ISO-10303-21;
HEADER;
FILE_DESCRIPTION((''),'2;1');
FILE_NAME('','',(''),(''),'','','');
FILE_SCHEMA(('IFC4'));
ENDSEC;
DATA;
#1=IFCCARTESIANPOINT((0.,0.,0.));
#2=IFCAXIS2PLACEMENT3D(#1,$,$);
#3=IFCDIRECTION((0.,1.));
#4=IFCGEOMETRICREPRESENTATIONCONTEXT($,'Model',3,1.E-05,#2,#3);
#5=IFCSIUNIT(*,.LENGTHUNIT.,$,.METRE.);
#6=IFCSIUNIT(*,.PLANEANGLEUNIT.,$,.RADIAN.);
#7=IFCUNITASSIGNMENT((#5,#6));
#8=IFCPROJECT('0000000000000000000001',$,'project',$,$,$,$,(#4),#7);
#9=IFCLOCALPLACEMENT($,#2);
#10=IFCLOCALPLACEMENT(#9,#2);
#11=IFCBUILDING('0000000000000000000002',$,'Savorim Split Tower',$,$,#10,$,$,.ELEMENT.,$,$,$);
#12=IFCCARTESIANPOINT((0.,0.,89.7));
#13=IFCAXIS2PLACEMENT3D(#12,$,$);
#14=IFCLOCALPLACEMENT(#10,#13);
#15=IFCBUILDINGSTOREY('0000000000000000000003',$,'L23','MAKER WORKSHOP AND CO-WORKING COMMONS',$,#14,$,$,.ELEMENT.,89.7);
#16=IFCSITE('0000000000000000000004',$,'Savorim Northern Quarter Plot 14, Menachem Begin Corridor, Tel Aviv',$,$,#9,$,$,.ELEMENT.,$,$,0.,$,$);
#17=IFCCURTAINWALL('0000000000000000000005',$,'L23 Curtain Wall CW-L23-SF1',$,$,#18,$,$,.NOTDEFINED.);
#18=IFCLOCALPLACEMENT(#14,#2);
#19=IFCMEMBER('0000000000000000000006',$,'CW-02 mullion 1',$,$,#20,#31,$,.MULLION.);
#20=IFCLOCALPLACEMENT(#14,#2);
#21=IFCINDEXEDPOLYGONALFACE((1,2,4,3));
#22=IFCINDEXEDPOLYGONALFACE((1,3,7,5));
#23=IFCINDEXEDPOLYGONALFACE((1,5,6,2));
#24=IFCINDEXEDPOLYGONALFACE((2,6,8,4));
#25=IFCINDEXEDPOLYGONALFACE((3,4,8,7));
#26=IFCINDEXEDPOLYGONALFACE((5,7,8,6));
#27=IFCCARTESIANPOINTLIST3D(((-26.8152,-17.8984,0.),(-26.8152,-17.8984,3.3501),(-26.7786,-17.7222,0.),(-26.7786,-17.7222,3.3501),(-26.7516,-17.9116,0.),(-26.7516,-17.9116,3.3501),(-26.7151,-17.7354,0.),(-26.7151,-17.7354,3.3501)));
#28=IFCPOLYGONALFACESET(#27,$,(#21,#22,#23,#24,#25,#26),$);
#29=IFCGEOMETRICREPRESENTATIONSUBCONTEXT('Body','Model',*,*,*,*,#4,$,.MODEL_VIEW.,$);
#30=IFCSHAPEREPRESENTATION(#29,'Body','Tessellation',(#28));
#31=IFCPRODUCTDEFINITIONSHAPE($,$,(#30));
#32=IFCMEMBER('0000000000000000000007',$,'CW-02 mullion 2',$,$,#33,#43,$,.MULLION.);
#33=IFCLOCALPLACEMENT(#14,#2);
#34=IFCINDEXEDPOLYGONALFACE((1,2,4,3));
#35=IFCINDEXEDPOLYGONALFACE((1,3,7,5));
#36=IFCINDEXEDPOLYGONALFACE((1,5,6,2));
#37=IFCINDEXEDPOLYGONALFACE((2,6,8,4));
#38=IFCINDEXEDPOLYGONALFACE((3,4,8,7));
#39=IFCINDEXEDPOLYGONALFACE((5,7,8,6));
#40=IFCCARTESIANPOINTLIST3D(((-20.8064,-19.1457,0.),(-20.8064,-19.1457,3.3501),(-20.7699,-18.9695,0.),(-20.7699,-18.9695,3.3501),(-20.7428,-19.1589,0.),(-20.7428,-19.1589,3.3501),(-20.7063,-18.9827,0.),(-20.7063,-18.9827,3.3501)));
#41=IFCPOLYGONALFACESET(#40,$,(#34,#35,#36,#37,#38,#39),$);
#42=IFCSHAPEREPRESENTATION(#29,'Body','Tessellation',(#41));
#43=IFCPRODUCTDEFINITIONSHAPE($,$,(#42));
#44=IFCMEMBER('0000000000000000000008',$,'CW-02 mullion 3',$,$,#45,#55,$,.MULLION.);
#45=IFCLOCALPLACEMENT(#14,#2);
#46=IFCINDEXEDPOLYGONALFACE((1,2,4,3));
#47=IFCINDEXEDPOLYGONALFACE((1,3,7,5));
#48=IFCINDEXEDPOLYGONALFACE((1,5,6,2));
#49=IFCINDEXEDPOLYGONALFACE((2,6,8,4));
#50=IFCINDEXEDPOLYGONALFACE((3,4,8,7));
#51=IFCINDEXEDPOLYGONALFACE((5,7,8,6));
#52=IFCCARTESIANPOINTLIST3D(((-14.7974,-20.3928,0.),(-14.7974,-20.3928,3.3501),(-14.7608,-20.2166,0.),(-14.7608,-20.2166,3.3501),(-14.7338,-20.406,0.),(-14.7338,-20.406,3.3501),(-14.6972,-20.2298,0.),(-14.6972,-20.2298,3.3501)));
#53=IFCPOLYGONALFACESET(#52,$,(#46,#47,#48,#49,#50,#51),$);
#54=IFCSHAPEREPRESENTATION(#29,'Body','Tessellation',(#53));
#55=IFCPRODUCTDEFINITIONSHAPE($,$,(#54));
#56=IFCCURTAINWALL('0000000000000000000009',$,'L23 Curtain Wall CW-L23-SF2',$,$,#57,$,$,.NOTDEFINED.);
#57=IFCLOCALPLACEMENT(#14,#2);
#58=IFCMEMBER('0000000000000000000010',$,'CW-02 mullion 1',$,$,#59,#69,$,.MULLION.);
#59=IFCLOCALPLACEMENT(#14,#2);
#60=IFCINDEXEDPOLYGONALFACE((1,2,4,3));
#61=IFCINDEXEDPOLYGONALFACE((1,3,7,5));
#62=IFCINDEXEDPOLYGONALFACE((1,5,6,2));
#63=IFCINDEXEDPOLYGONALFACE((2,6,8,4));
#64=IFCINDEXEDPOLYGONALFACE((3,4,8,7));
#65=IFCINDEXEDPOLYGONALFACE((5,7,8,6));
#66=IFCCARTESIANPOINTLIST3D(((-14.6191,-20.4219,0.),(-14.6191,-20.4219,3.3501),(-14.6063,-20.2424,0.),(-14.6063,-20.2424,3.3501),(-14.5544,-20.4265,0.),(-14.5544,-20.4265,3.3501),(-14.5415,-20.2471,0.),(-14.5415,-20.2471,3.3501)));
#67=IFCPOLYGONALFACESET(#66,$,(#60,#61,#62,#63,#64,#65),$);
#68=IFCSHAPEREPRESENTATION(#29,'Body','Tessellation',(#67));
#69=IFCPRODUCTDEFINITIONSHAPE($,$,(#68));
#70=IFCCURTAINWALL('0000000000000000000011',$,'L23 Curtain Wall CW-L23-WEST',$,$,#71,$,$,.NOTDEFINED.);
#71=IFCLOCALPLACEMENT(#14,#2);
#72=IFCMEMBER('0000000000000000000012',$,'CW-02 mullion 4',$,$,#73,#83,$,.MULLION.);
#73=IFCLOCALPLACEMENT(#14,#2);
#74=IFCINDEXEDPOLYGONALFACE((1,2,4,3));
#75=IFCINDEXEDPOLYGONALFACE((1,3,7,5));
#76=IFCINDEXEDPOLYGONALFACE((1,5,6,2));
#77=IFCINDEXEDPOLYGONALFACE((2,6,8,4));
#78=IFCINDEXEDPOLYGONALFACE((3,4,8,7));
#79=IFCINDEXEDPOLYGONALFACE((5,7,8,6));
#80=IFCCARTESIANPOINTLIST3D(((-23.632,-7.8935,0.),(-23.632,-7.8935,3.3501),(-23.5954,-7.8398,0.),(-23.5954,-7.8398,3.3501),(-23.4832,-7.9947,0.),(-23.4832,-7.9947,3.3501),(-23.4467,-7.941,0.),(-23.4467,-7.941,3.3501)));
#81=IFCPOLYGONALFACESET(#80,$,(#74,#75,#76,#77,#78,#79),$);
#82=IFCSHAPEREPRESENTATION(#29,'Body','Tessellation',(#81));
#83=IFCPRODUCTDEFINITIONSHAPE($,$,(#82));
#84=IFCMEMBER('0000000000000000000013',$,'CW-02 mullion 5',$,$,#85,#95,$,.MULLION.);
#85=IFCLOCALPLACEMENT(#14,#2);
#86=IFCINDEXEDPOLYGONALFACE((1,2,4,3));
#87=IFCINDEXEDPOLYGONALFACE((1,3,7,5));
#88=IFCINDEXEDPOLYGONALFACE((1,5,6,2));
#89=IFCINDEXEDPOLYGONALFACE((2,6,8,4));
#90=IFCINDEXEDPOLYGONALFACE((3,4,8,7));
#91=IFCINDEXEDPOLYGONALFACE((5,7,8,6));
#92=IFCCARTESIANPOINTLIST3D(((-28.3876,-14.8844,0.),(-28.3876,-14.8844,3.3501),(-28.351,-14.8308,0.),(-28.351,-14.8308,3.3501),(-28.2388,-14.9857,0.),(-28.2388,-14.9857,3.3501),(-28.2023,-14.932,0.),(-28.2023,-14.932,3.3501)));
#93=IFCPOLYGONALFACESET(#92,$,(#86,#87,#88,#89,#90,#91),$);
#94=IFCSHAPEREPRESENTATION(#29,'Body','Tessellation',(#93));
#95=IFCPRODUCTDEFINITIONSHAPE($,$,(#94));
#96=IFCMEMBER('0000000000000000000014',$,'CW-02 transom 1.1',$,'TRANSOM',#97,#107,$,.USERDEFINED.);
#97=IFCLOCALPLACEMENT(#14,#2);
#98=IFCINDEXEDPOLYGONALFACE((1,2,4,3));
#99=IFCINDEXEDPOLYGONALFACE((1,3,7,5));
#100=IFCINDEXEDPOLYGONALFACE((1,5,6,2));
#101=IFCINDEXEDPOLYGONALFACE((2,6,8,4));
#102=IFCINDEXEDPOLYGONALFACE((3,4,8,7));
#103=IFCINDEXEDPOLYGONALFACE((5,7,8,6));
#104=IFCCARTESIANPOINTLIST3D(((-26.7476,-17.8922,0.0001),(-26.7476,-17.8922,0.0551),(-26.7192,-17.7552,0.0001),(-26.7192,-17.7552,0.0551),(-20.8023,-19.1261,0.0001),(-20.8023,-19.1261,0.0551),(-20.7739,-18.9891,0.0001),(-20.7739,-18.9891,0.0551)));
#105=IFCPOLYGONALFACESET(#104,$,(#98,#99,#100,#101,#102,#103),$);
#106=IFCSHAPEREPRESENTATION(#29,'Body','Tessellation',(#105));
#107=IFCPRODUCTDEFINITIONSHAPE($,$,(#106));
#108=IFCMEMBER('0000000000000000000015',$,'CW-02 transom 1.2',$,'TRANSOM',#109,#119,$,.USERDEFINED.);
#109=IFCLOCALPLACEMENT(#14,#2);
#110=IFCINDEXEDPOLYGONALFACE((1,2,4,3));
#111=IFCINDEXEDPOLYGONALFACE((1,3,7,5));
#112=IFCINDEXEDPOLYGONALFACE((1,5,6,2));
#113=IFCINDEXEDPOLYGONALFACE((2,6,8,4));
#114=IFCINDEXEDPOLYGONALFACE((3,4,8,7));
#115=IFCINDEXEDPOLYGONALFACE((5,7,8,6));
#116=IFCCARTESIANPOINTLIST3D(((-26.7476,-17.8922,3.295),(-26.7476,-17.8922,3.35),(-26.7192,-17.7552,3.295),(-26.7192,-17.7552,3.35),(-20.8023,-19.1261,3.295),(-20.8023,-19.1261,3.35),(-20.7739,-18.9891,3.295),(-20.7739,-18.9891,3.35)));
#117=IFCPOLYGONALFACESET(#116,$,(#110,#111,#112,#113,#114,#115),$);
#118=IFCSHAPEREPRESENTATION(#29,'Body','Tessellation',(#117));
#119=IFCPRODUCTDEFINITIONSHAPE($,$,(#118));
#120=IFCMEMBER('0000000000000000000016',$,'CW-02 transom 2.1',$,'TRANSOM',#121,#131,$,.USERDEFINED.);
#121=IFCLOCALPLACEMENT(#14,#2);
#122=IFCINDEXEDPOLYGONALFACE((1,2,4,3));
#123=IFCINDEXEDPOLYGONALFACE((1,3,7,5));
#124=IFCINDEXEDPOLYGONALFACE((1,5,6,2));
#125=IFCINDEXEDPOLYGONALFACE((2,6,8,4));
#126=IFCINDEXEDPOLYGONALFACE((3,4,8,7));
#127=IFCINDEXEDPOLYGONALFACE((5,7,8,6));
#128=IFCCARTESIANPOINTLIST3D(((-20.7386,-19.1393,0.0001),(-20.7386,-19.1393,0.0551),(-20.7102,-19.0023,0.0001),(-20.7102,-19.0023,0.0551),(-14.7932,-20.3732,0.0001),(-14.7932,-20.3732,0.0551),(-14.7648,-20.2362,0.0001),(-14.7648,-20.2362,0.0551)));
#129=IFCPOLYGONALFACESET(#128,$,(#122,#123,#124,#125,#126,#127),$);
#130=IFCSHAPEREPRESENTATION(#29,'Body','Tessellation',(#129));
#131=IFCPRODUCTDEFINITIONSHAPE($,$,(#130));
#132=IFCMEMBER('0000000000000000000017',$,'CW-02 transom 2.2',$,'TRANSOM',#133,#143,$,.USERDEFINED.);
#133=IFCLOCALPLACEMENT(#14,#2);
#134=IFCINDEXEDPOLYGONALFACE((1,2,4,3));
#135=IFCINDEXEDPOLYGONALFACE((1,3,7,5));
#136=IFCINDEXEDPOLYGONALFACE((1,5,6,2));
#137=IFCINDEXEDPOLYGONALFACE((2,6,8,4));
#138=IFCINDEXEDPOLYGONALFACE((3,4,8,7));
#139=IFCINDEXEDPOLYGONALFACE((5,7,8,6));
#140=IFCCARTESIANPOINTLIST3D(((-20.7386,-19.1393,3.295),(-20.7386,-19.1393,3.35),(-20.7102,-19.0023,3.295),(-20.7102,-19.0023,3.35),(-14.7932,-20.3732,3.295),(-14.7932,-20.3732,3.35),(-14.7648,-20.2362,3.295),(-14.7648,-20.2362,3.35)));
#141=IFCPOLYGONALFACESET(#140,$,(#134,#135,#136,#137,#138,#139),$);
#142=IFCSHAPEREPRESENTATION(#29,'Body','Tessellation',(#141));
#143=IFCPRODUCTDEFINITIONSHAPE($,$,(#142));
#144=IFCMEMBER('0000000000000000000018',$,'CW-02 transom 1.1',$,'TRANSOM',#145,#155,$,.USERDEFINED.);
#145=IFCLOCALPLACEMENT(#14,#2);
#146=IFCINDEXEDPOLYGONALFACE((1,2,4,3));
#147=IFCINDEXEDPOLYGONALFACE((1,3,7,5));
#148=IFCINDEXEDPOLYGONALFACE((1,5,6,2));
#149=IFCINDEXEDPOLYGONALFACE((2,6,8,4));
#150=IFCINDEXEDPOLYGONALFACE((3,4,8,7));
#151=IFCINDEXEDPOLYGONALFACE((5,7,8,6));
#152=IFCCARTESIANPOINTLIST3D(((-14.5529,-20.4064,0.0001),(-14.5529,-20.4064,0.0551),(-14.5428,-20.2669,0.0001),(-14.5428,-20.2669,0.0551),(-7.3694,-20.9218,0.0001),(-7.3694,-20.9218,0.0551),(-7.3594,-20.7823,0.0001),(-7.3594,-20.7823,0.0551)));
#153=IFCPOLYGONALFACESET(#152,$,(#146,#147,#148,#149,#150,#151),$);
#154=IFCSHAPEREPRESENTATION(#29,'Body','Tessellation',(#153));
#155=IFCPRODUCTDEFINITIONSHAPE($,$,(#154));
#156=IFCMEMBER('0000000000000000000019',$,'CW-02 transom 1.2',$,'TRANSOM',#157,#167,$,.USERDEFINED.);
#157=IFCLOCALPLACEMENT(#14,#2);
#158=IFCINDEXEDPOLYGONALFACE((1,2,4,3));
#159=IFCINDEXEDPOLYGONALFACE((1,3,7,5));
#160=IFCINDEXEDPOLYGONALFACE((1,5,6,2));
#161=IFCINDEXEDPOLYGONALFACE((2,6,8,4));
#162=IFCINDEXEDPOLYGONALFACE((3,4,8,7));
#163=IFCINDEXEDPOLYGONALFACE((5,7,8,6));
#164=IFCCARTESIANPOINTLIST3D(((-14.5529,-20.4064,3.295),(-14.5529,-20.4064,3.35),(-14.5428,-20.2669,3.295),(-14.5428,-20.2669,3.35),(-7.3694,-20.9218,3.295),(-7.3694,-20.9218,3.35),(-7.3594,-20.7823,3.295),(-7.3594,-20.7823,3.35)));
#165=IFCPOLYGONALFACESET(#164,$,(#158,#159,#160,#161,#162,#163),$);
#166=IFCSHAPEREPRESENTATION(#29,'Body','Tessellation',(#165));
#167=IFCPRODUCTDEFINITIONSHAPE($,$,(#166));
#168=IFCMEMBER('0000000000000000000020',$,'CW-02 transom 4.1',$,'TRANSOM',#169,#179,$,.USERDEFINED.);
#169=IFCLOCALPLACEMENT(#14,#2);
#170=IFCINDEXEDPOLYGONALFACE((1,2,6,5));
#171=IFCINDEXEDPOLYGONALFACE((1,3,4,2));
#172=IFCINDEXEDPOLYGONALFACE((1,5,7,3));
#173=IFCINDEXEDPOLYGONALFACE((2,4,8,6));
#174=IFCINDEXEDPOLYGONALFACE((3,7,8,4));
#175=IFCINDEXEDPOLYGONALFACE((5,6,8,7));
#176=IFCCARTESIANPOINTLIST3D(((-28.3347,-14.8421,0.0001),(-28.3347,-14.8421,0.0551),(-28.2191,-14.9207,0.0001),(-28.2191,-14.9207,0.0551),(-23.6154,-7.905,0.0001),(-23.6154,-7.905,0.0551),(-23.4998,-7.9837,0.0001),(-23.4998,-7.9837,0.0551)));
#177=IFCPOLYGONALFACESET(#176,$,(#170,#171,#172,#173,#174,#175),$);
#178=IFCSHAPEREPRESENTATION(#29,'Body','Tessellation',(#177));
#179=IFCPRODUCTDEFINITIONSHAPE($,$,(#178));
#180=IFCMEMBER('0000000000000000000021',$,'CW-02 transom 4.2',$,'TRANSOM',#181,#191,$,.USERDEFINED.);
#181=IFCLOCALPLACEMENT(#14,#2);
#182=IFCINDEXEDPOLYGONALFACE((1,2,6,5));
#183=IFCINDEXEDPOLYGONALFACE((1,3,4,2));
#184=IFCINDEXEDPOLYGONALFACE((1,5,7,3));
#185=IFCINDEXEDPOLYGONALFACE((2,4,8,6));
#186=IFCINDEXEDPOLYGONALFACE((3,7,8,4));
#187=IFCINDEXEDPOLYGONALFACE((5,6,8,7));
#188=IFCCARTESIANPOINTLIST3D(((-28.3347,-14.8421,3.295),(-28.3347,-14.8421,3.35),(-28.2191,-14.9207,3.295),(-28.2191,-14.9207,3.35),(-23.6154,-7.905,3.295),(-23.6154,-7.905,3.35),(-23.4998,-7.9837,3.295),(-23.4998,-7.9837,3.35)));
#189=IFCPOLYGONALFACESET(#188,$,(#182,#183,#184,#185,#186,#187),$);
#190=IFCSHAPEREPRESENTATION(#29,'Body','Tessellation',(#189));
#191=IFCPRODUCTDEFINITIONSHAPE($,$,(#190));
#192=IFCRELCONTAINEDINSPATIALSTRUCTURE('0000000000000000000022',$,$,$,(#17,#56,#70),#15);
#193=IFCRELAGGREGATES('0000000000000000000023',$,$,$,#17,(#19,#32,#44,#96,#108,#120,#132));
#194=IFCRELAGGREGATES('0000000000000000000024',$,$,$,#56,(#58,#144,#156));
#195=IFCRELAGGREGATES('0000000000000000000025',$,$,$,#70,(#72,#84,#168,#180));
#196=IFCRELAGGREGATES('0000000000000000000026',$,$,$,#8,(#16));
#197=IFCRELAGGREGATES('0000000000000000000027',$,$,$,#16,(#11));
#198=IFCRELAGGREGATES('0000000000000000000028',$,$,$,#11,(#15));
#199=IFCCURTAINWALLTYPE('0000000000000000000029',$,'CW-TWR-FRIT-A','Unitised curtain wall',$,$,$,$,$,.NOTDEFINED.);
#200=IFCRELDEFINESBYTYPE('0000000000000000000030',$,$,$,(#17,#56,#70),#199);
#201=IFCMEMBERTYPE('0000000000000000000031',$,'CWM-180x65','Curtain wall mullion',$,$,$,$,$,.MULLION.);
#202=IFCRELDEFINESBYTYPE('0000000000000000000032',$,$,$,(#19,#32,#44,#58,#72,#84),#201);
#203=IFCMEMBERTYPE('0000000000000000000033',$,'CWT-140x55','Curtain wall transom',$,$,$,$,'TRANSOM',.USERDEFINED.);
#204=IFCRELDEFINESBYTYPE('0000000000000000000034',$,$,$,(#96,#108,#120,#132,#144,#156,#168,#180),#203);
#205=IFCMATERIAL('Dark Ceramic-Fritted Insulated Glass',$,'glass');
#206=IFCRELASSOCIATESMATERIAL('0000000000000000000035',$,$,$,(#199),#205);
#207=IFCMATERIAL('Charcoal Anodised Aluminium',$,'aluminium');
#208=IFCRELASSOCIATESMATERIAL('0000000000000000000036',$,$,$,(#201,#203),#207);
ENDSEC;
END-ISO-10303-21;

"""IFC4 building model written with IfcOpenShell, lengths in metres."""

from ifc_helpers import new_model, si_unit, direction, frame, origin, origin_2d, place, context, subcontext, project, spatial, rectangle, extrude, material, material_profile, profile_set, type_object, element, aggregate, save


model = new_model("IFC4")

# Units and contexts
model_context = context("Model", 3, precision=1e-05, world=origin(), true_north=direction((0.0, 1.0)))
body_context = subcontext(model_context, "Body", "Model", "MODEL_VIEW")
ifc_project = project(units=[si_unit("LENGTHUNIT", "METRE"), si_unit("PLANEANGLEUNIT", "RADIAN")], contexts=[model_context])

# Site, building, storey
site_placement = place(None, origin())
site = spatial("IfcSite", under=ifc_project, at=site_placement, Name="Savorim Northern Quarter Plot 14, Menachem Begin Corridor, Tel Aviv", CompositionType="ELEMENT", RefElevation=0.0)
building_placement = place(site_placement, origin())
building = spatial("IfcBuilding", under=site, at=building_placement, Name="Savorim Split Tower", CompositionType="ELEMENT")
storey_placement = place(building_placement, frame((0.0, 0.0, 89.7)))
storey = spatial("IfcBuildingStorey", under=building, at=storey_placement, Name="L23", Description="MAKER WORKSHOP AND CO-WORKING COMMONS", CompositionType="ELEMENT", Elevation=89.7)

# Curtain wall, members
ifc_material_1 = material(Name="Dark Ceramic-Fritted Insulated Glass", Category="glass")
curtain_wall_type = type_object("IfcCurtainWallType", Name="CW-TWR-FRIT-A", Description="Unitised curtain wall", PredefinedType="NOTDEFINED", material=ifc_material_1)
curtain_wall_1_placement = place(storey_placement, origin())
curtain_wall_1 = element("IfcCurtainWall", 1, at=curtain_wall_1_placement, inside=storey, type_object=curtain_wall_type, Name="L23 Curtain Wall CW-L23-SF1", PredefinedType="NOTDEFINED")
ifc_material_2 = material(Name="Charcoal Anodised Aluminium", Category="aluminium")
ifc_material_profile_1 = material_profile(ifc_material_2, rectangle(XDim=0.1799, YDim=0.0649, at=origin_2d()), Name="ALU-M 180x65")
ifc_profile_set_1 = profile_set([ifc_material_profile_1], Name="Charcoal Anodised Aluminium")
member_type_1 = type_object("IfcMemberType", Name="CWM-180x65", Description="Curtain wall mullion", PredefinedType="MULLION", material=ifc_profile_set_1)
member_1_placement = place(storey_placement, frame((-26.7651, -17.8169, 0.0), z_axis=(0.0, 0.0, 1.0), x_axis=(0.20321, 0.979135, 0.0)))
member_1 = element("IfcMember", 2, at=member_1_placement, type_object=member_type_1, Name="CW-02 mullion 1", PredefinedType="MULLION", context=body_context, shape_type="SweptSolid", body=[
    extrude(rectangle(XDim=0.1799, YDim=0.0649, at=origin_2d()), origin(), (0.0, 0.0, 1.0), 3.3501),
])
member_2_placement = place(storey_placement, frame((-20.7563, -19.0642, 0.0), z_axis=(0.0, 0.0, 1.0), x_axis=(0.20321, 0.979135, 0.0)))
member_2 = element("IfcMember", 3, at=member_2_placement, type_object=member_type_1, Name="CW-02 mullion 2", PredefinedType="MULLION", context=body_context, shape_type="SweptSolid", body=[
    extrude(rectangle(XDim=0.1799, YDim=0.0649, at=origin_2d()), origin(), (0.0, 0.0, 1.0), 3.3501),
])
member_3_placement = place(storey_placement, frame((-14.7473, -20.3113, 0.0), z_axis=(0.0, 0.0, 1.0), x_axis=(0.20321, 0.979135, 0.0)))
member_3 = element("IfcMember", 4, at=member_3_placement, type_object=member_type_1, Name="CW-02 mullion 3", PredefinedType="MULLION", context=body_context, shape_type="SweptSolid", body=[
    extrude(rectangle(XDim=0.1799, YDim=0.0649, at=origin_2d()), origin(), (0.0, 0.0, 1.0), 3.3501),
])

# Curtain wall, member
curtain_wall_2_placement = place(storey_placement, origin())
curtain_wall_2 = element("IfcCurtainWall", 5, at=curtain_wall_2_placement, inside=storey, type_object=curtain_wall_type, Name="L23 Curtain Wall CW-L23-SF2", PredefinedType="NOTDEFINED")
member_4_placement = place(storey_placement, frame((-14.5803, -20.3345, 0.0), z_axis=(0.0, 0.0, 1.0), x_axis=(0.071561, 0.997436, 0.0)))
member_4 = element("IfcMember", 6, at=member_4_placement, type_object=member_type_1, Name="CW-02 mullion 1", PredefinedType="MULLION", context=body_context, shape_type="SweptSolid", body=[
    extrude(rectangle(XDim=0.1799, YDim=0.0649, at=origin_2d()), origin(), (0.0, 0.0, 1.0), 3.3501),
])

# Curtain wall, members
curtain_wall_3_placement = place(storey_placement, origin())
curtain_wall_3 = element("IfcCurtainWall", 7, at=curtain_wall_3_placement, inside=storey, type_object=curtain_wall_type, Name="L23 Curtain Wall CW-L23-WEST", PredefinedType="NOTDEFINED")
member_5_placement = place(storey_placement, frame((-23.5393, -7.9172, 0.0), z_axis=(0.0, 0.0, 1.0), x_axis=(0.826819, -0.562468, 0.0)))
member_5 = element("IfcMember", 8, at=member_5_placement, type_object=member_type_1, Name="CW-02 mullion 4", PredefinedType="MULLION", context=body_context, shape_type="SweptSolid", body=[
    extrude(rectangle(XDim=0.1799, YDim=0.0649, at=origin_2d()), origin(), (0.0, 0.0, 1.0), 3.3501),
])
member_6_placement = place(storey_placement, frame((-28.2949, -14.9082, 0.0), z_axis=(0.0, 0.0, 1.0), x_axis=(0.826819, -0.562468, 0.0)))
member_6 = element("IfcMember", 9, at=member_6_placement, type_object=member_type_1, Name="CW-02 mullion 5", PredefinedType="MULLION", context=body_context, shape_type="SweptSolid", body=[
    extrude(rectangle(XDim=0.1799, YDim=0.0649, at=origin_2d()), origin(), (0.0, 0.0, 1.0), 3.3501),
])

# Members
ifc_material_profile_2 = material_profile(ifc_material_2, rectangle(XDim=0.1399, YDim=0.0549, at=origin_2d()), Name="ALU-T 140x55")
ifc_profile_set_2 = profile_set([ifc_material_profile_2], Name="Charcoal Anodised Aluminium")
member_type_2 = type_object("IfcMemberType", Name="CWT-140x55", Description="Curtain wall transom", ElementType="TRANSOM", PredefinedType="USERDEFINED", material=ifc_profile_set_2)
member_7_placement = place(storey_placement, frame((-26.7334, -17.8237, 0.0276), z_axis=(0.979135, -0.203209, 0.0), x_axis=(0.203209, 0.979135, 0.0)))
member_7 = element("IfcMember", 10, at=member_7_placement, type_object=member_type_2, Name="CW-02 transom 1.1", ObjectType="TRANSOM", PredefinedType="USERDEFINED", context=body_context, shape_type="SweptSolid", body=[
    extrude(rectangle(XDim=0.1399, YDim=0.0549, at=origin_2d()), origin(), (0.0, 0.0, 1.0), 6.072),
])
member_8_placement = place(storey_placement, frame((-26.7334, -17.8237, 3.3225), z_axis=(0.979135, -0.203209, 0.0), x_axis=(0.203209, 0.979135, 0.0)))
member_8 = element("IfcMember", 11, at=member_8_placement, type_object=member_type_2, Name="CW-02 transom 1.2", ObjectType="TRANSOM", PredefinedType="USERDEFINED", context=body_context, shape_type="SweptSolid", body=[
    extrude(rectangle(XDim=0.1399, YDim=0.0549, at=origin_2d()), origin(), (0.0, 0.0, 1.0), 6.072),
])
member_9_placement = place(storey_placement, frame((-20.7244, -19.0708, 0.0276), z_axis=(0.979135, -0.203209, 0.0), x_axis=(0.203209, 0.979135, 0.0)))
member_9 = element("IfcMember", 12, at=member_9_placement, type_object=member_type_2, Name="CW-02 transom 2.1", ObjectType="TRANSOM", PredefinedType="USERDEFINED", context=body_context, shape_type="SweptSolid", body=[
    extrude(rectangle(XDim=0.1399, YDim=0.0549, at=origin_2d()), origin(), (0.0, 0.0, 1.0), 6.072),
])
member_10_placement = place(storey_placement, frame((-20.7244, -19.0708, 3.3225), z_axis=(0.979135, -0.203209, 0.0), x_axis=(0.203209, 0.979135, 0.0)))
member_10 = element("IfcMember", 13, at=member_10_placement, type_object=member_type_2, Name="CW-02 transom 2.2", ObjectType="TRANSOM", PredefinedType="USERDEFINED", context=body_context, shape_type="SweptSolid", body=[
    extrude(rectangle(XDim=0.1399, YDim=0.0549, at=origin_2d()), origin(), (0.0, 0.0, 1.0), 6.072),
])
member_11_placement = place(storey_placement, frame((-14.5479, -20.3367, 0.0276), z_axis=(0.997436, -0.071563, 0.0), x_axis=(0.071563, 0.997436, 0.0)))
member_11 = element("IfcMember", 14, at=member_11_placement, type_object=member_type_2, Name="CW-02 transom 1.1", ObjectType="TRANSOM", PredefinedType="USERDEFINED", context=body_context, shape_type="SweptSolid", body=[
    extrude(rectangle(XDim=0.1399, YDim=0.0549, at=origin_2d()), origin(), (0.0, 0.0, 1.0), 7.2019),
])
member_12_placement = place(storey_placement, frame((-14.5479, -20.3367, 3.3225), z_axis=(0.997436, -0.071563, 0.0), x_axis=(0.071563, 0.997436, 0.0)))
member_12 = element("IfcMember", 15, at=member_12_placement, type_object=member_type_2, Name="CW-02 transom 1.2", ObjectType="TRANSOM", PredefinedType="USERDEFINED", context=body_context, shape_type="SweptSolid", body=[
    extrude(rectangle(XDim=0.1399, YDim=0.0549, at=origin_2d()), origin(), (0.0, 0.0, 1.0), 7.2019),
])
member_13_placement = place(storey_placement, frame((-23.5576, -7.9443, 0.0276), z_axis=(-0.562479, -0.826812, 0.0), x_axis=(0.826812, -0.562479, 0.0)))
member_13 = element("IfcMember", 16, at=member_13_placement, type_object=member_type_2, Name="CW-02 transom 4.1", ObjectType="TRANSOM", PredefinedType="USERDEFINED", context=body_context, shape_type="SweptSolid", body=[
    extrude(rectangle(XDim=0.1399, YDim=0.0549, at=origin_2d()), origin(), (0.0, 0.0, 1.0), 8.3901),
])
member_14_placement = place(storey_placement, frame((-23.5576, -7.9443, 3.3225), z_axis=(-0.562479, -0.826812, 0.0), x_axis=(0.826812, -0.562479, 0.0)))
member_14 = element("IfcMember", 17, at=member_14_placement, type_object=member_type_2, Name="CW-02 transom 4.2", ObjectType="TRANSOM", PredefinedType="USERDEFINED", context=body_context, shape_type="SweptSolid", body=[
    extrude(rectangle(XDim=0.1399, YDim=0.0549, at=origin_2d()), origin(), (0.0, 0.0, 1.0), 8.3901),
])

aggregate(curtain_wall_1, [member_1, member_2, member_3, member_7, member_8, member_9, member_10])
aggregate(curtain_wall_2, [member_4, member_11, member_12])
aggregate(curtain_wall_3, [member_5, member_6, member_13, member_14])

save(model, "model.ifc")
